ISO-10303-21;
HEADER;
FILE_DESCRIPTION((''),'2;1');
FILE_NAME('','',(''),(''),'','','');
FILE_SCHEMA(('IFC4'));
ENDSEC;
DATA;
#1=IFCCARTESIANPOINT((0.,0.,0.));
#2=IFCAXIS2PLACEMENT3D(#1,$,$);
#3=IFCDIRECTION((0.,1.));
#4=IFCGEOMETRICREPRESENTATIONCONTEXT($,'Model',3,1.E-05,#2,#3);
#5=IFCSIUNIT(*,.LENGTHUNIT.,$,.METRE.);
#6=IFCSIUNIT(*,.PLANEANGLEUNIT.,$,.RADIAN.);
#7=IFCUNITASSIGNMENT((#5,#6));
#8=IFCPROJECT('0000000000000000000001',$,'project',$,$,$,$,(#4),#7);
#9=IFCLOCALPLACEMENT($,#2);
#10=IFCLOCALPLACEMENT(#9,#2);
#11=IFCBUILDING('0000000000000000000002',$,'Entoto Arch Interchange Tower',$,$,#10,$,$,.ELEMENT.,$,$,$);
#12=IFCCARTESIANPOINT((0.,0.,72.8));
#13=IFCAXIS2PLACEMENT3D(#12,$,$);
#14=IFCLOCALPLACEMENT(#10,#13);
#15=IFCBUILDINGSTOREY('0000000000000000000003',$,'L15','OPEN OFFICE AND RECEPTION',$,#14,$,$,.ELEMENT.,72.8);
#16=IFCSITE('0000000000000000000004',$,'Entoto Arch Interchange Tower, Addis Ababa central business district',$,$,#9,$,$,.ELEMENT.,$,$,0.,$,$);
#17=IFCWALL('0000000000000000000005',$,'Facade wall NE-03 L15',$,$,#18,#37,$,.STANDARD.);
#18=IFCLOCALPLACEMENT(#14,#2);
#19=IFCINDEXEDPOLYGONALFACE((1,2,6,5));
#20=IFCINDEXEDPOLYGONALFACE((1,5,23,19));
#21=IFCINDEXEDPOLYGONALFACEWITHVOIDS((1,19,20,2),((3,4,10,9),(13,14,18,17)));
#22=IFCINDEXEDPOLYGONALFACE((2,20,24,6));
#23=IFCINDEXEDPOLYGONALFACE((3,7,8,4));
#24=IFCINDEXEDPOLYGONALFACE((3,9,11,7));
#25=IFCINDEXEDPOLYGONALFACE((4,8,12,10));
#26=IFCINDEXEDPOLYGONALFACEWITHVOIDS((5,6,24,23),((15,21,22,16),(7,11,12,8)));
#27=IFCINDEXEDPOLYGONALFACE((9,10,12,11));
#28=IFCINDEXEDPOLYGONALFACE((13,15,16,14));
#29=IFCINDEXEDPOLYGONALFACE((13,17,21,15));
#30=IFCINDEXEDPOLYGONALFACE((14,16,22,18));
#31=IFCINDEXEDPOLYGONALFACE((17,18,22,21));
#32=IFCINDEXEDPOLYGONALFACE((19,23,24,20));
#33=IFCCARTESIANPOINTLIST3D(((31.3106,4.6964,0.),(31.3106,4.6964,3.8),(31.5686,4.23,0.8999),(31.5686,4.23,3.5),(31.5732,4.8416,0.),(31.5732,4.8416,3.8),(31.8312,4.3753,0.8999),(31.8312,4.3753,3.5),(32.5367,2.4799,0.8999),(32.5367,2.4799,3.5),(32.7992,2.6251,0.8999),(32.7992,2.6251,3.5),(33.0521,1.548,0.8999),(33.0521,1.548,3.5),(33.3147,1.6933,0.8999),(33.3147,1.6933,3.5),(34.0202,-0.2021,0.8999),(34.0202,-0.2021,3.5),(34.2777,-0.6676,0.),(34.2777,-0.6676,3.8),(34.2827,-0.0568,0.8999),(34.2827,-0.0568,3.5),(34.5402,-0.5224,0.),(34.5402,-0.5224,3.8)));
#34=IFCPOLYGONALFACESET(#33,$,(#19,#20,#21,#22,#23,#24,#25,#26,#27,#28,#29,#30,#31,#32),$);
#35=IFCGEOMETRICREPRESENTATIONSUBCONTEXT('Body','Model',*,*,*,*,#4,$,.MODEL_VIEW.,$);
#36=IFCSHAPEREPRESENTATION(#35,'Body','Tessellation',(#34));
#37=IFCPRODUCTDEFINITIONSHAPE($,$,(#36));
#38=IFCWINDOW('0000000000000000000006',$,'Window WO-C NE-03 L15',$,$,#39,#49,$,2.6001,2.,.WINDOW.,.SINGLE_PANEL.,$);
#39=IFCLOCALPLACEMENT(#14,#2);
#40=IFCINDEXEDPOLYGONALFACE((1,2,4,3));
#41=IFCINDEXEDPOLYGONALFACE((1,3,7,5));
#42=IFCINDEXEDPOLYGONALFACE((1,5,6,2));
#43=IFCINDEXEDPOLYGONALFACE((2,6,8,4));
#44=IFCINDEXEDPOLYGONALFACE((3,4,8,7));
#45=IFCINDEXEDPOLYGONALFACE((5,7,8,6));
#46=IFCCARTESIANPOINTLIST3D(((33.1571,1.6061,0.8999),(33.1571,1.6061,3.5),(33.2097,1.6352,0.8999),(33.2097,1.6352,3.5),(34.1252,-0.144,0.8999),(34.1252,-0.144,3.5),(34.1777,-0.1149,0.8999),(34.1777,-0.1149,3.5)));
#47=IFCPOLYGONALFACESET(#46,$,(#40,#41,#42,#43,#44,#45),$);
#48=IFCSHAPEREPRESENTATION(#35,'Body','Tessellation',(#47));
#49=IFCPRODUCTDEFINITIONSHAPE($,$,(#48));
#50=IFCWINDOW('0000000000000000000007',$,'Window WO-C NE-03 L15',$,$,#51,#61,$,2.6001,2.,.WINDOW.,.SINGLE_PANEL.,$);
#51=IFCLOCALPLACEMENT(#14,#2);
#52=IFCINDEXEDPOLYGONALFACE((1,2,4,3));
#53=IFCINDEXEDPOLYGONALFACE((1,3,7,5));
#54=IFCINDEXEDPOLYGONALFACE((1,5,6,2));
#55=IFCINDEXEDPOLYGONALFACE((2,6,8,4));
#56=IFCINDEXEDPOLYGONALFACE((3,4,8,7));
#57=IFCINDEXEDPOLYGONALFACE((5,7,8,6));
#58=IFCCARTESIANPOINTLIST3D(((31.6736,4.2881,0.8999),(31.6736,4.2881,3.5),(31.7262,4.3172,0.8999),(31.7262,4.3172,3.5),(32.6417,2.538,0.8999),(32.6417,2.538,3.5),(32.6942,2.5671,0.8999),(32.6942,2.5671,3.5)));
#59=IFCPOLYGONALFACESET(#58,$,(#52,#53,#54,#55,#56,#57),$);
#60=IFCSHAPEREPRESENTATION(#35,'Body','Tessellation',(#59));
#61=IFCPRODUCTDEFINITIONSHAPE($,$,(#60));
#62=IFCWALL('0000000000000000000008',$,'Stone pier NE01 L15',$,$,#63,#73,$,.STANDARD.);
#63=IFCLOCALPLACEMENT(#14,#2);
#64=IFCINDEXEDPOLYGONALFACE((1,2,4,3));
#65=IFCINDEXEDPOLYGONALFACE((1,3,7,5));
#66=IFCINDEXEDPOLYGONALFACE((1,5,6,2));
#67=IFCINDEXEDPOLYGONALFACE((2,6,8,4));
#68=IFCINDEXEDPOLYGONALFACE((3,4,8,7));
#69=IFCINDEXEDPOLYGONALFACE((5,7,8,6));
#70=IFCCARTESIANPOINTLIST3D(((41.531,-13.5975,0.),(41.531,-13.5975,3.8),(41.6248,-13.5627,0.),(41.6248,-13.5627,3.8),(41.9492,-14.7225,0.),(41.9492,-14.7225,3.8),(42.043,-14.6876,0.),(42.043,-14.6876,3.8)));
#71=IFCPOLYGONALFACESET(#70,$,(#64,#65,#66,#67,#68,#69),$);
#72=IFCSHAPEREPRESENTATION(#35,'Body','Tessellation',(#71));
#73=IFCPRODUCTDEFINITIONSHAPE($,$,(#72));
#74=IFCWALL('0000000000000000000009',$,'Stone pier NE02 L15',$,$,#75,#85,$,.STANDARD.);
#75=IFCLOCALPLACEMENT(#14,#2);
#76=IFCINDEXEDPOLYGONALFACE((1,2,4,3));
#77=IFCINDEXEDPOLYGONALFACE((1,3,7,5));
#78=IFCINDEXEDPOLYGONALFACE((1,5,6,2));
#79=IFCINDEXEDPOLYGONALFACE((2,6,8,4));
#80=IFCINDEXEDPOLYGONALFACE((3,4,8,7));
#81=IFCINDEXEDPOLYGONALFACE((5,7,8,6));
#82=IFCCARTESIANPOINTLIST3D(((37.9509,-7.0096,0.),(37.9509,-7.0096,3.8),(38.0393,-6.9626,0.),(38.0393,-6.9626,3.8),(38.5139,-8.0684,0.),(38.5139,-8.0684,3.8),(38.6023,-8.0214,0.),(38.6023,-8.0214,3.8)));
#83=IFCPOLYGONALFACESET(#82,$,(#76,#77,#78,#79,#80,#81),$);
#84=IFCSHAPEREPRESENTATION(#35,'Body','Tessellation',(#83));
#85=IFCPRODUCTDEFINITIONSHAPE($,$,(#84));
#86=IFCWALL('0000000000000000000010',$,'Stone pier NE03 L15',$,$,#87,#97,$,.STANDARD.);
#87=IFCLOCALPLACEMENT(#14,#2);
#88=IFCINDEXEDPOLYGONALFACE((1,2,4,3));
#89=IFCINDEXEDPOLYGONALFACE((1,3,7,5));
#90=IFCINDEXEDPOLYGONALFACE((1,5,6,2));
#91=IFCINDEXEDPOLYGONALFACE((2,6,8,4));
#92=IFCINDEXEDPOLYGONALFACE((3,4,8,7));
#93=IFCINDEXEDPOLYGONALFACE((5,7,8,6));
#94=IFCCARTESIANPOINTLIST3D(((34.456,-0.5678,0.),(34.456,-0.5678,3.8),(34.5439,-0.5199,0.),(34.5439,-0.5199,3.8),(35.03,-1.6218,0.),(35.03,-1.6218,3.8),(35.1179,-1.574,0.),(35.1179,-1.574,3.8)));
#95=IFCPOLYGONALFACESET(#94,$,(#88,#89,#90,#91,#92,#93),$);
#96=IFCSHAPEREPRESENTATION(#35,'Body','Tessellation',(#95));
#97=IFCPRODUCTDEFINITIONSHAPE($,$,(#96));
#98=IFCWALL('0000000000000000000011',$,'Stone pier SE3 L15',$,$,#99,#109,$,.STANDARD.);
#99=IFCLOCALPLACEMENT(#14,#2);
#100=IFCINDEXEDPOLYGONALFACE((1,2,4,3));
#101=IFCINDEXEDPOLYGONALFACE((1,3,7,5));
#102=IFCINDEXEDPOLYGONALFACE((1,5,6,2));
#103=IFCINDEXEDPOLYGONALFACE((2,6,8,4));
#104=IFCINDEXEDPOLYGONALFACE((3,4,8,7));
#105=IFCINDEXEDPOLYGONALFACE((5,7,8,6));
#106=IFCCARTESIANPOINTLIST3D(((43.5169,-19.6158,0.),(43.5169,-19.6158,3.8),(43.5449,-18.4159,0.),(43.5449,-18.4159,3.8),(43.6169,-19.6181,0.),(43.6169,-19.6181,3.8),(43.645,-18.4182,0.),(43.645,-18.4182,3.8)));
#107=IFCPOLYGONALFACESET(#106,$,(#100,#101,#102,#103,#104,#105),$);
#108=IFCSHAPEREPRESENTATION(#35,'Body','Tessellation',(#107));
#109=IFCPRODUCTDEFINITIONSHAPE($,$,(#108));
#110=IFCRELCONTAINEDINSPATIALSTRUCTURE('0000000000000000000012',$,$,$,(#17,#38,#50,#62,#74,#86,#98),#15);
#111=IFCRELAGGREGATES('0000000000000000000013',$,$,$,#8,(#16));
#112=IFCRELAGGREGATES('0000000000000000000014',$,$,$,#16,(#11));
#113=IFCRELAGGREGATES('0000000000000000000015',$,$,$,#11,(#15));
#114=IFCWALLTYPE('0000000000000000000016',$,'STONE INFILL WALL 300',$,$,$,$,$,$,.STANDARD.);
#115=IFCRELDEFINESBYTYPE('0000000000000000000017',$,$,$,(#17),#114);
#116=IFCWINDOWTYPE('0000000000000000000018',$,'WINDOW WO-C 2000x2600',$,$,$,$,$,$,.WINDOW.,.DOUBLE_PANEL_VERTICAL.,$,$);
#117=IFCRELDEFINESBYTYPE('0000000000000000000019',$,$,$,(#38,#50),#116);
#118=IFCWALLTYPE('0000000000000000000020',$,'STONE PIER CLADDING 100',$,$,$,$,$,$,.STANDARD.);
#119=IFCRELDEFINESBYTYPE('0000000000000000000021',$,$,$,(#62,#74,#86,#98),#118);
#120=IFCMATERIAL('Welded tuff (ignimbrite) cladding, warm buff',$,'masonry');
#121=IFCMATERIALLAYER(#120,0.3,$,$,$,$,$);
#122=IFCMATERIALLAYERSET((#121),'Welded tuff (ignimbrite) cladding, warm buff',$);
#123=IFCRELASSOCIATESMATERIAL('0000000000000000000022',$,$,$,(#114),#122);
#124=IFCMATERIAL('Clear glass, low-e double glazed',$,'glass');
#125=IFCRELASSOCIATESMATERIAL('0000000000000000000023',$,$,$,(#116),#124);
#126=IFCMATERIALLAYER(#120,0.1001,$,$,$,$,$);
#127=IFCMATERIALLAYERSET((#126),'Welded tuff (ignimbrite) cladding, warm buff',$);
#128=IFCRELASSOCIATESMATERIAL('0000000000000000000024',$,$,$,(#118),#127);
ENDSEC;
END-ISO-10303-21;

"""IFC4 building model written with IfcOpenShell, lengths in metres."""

from ifc_helpers import new_model, si_unit, direction, frame, frame_2d, origin, place, context, subcontext, project, spatial, rectangle, extrude, material, layer, layer_set, type_object, element, fill, save


model = new_model("IFC4")

# Units and contexts
model_context = context("Model", 3, precision=1e-05, world=origin(), true_north=direction((0.0, 1.0)))
body_context = subcontext(model_context, "Body", "Model", "MODEL_VIEW")
ifc_project = project(units=[si_unit("LENGTHUNIT", "METRE"), si_unit("PLANEANGLEUNIT", "RADIAN")], contexts=[model_context])

# Site, building, storey
site_placement = place(None, origin())
site = spatial("IfcSite", under=ifc_project, at=site_placement, Name="Entoto Arch Interchange Tower, Addis Ababa central business district", CompositionType="ELEMENT", RefElevation=0.0)
building_placement = place(site_placement, origin())
building = spatial("IfcBuilding", under=site, at=building_placement, Name="Entoto Arch Interchange Tower", CompositionType="ELEMENT")
storey_placement = place(building_placement, frame((0.0, 0.0, 72.8)))
storey = spatial("IfcBuildingStorey", under=building, at=storey_placement, Name="L15", Description="OPEN OFFICE AND RECEPTION", CompositionType="ELEMENT", Elevation=72.8)

# Shared definitions
ifc_material_1 = material(Name="Welded tuff (ignimbrite) cladding, warm buff", Category="masonry")
ifc_layer_1 = layer(ifc_material_1, 0.3)
ifc_layer_set_1 = layer_set([ifc_layer_1], Name="Welded tuff (ignimbrite) cladding, warm buff")
wall_type_1 = type_object("IfcWallType", Name="STONE INFILL WALL 300", PredefinedType="STANDARD", material=ifc_layer_set_1)
ifc_material_2 = material(Name="Clear glass, low-e double glazed", Category="glass")

# Shared definitions
window_type_1 = type_object("IfcWindowType", Name="WINDOW WO-C 2000x2600", PartitioningType="DOUBLE_PANEL_VERTICAL", PredefinedType="WINDOW", material=ifc_material_2)

# Wall, openings, windows
wall_1_placement = place(storey_placement, frame((34.4089, -0.595, 0.0), z_axis=(0.0, 0.0, 1.0), x_axis=(-0.484026, 0.875054, 0.0)))
wall_1 = element("IfcWall", 1, at=wall_1_placement, inside=storey, type_object=wall_type_1, Name="Facade wall NE-03 L15", PredefinedType="STANDARD", context=body_context, shape_type="SweptSolid", body=[
    extrude(rectangle(XDim=6.1299, YDim=0.3, at=frame_2d((3.0649, 0.0))), origin(), (0.0, 0.0, 1.0), 3.8),
])
opening_1_placement = place(wall_1_placement, frame((0.532, 0.0, 0.8999)))
opening_1 = element("IfcOpeningElement", 2, at=opening_1_placement, cuts=wall_1, PredefinedType="OPENING", context=body_context, shape_type="SweptSolid", body=[
    extrude(rectangle(XDim=2.0, YDim=2.6001, at=frame_2d((1.0, 1.3))), frame((0.0, 0.1602, 0.0), z_axis=(0.0, -1.0, 0.0), x_axis=(1.0, 0.0, 0.0)), (0.0, 0.0, 1.0), 0.3201),
])
opening_2_placement = place(wall_1_placement, frame((3.5969, 0.0, 0.8999)))
opening_2 = element("IfcOpeningElement", 3, at=opening_2_placement, cuts=wall_1, PredefinedType="OPENING", context=body_context, shape_type="SweptSolid", body=[
    extrude(rectangle(XDim=2.0, YDim=2.6001, at=frame_2d((1.0, 1.3))), frame((0.0, 0.1602, 0.0), z_axis=(0.0, -1.0, 0.0), x_axis=(1.0, 0.0, 0.0)), (0.0, 0.0, 1.0), 0.3201),
])
window_1_placement = place(opening_1_placement, origin())
window_1 = element("IfcWindow", 4, at=window_1_placement, inside=storey, type_object=window_type_1, Name="Window WO-C NE-03 L15", OverallHeight=2.6001, OverallWidth=2.0, PartitioningType="SINGLE_PANEL", PredefinedType="WINDOW", context=body_context, shape_type="SweptSolid", body=[
    extrude(rectangle(XDim=2.0, YDim=2.6001, at=frame_2d((1.0, 1.3))), frame((0.0, 0.03, 0.0), z_axis=(0.0, -1.0, 0.0), x_axis=(1.0, 0.0, 0.0)), (0.0, 0.0, 1.0), 0.0601),
])
fill(opening_1, window_1)
window_2_placement = place(opening_2_placement, origin())
window_2 = element("IfcWindow", 5, at=window_2_placement, inside=storey, type_object=window_type_1, Name="Window WO-C NE-03 L15", OverallHeight=2.6001, OverallWidth=2.0, PartitioningType="SINGLE_PANEL", PredefinedType="WINDOW", context=body_context, shape_type="SweptSolid", body=[
    extrude(rectangle(XDim=2.0, YDim=2.6001, at=frame_2d((1.0, 1.3))), frame((0.0, 0.03, 0.0), z_axis=(0.0, -1.0, 0.0), x_axis=(1.0, 0.0, 0.0)), (0.0, 0.0, 1.0), 0.0601),
])
fill(opening_2, window_2)

# Walls
ifc_layer_2 = layer(ifc_material_1, 0.1001)
ifc_layer_set_2 = layer_set([ifc_layer_2], Name="Welded tuff (ignimbrite) cladding, warm buff")
wall_type_2 = type_object("IfcWallType", Name="STONE PIER CLADDING 100", PredefinedType="STANDARD", material=ifc_layer_set_2)
wall_2_placement = place(storey_placement, frame((41.9961, -14.7051, 0.0), z_axis=(0.0, 0.0, 1.0), x_axis=(-0.348447, 0.937328, 0.0)))
element("IfcWall", 6, at=wall_2_placement, inside=storey, type_object=wall_type_2, Name="Stone pier NE01 L15", PredefinedType="STANDARD", context=body_context, shape_type="SweptSolid", body=[
    extrude(rectangle(XDim=1.2002, YDim=0.1001, at=frame_2d((0.6001, 0.0))), origin(), (0.0, 0.0, 1.0), 3.8),
])
wall_3_placement = place(storey_placement, frame((38.5581, -8.0449, 0.0), z_axis=(0.0, 0.0, 1.0), x_axis=(-0.469468, 0.88295, 0.0)))
element("IfcWall", 7, at=wall_3_placement, inside=storey, type_object=wall_type_2, Name="Stone pier NE02 L15", PredefinedType="STANDARD", context=body_context, shape_type="SweptSolid", body=[
    extrude(rectangle(XDim=1.1992, YDim=0.1001, at=frame_2d((0.5996, 0.0))), origin(), (0.0, 0.0, 1.0), 3.8),
])
for number, where, z_axis, x_axis, name in (
    (8, (35.074, -1.5979, 0.0), (0.0, 0.0, 1.0), (-0.478268, 0.878214, 0.0), "Stone pier NE03 L15"),
    (9, (43.5669, -19.6169, 0.0), (0.0, 0.0, 1.0), (0.023391, 0.999726, 0.0), "Stone pier SE3 L15"),
):
    element("IfcWall", number, at=place(storey_placement, frame(where, z_axis=z_axis, x_axis=x_axis)), inside=storey, type_object=wall_type_2, Name=name, PredefinedType="STANDARD", context=body_context, shape_type="SweptSolid", body=[
        extrude(rectangle(XDim=1.2002, YDim=0.1001, at=frame_2d((0.6001, 0.0))), origin(), (0.0, 0.0, 1.0), 3.8),
    ])

save(model, "model.ifc")
